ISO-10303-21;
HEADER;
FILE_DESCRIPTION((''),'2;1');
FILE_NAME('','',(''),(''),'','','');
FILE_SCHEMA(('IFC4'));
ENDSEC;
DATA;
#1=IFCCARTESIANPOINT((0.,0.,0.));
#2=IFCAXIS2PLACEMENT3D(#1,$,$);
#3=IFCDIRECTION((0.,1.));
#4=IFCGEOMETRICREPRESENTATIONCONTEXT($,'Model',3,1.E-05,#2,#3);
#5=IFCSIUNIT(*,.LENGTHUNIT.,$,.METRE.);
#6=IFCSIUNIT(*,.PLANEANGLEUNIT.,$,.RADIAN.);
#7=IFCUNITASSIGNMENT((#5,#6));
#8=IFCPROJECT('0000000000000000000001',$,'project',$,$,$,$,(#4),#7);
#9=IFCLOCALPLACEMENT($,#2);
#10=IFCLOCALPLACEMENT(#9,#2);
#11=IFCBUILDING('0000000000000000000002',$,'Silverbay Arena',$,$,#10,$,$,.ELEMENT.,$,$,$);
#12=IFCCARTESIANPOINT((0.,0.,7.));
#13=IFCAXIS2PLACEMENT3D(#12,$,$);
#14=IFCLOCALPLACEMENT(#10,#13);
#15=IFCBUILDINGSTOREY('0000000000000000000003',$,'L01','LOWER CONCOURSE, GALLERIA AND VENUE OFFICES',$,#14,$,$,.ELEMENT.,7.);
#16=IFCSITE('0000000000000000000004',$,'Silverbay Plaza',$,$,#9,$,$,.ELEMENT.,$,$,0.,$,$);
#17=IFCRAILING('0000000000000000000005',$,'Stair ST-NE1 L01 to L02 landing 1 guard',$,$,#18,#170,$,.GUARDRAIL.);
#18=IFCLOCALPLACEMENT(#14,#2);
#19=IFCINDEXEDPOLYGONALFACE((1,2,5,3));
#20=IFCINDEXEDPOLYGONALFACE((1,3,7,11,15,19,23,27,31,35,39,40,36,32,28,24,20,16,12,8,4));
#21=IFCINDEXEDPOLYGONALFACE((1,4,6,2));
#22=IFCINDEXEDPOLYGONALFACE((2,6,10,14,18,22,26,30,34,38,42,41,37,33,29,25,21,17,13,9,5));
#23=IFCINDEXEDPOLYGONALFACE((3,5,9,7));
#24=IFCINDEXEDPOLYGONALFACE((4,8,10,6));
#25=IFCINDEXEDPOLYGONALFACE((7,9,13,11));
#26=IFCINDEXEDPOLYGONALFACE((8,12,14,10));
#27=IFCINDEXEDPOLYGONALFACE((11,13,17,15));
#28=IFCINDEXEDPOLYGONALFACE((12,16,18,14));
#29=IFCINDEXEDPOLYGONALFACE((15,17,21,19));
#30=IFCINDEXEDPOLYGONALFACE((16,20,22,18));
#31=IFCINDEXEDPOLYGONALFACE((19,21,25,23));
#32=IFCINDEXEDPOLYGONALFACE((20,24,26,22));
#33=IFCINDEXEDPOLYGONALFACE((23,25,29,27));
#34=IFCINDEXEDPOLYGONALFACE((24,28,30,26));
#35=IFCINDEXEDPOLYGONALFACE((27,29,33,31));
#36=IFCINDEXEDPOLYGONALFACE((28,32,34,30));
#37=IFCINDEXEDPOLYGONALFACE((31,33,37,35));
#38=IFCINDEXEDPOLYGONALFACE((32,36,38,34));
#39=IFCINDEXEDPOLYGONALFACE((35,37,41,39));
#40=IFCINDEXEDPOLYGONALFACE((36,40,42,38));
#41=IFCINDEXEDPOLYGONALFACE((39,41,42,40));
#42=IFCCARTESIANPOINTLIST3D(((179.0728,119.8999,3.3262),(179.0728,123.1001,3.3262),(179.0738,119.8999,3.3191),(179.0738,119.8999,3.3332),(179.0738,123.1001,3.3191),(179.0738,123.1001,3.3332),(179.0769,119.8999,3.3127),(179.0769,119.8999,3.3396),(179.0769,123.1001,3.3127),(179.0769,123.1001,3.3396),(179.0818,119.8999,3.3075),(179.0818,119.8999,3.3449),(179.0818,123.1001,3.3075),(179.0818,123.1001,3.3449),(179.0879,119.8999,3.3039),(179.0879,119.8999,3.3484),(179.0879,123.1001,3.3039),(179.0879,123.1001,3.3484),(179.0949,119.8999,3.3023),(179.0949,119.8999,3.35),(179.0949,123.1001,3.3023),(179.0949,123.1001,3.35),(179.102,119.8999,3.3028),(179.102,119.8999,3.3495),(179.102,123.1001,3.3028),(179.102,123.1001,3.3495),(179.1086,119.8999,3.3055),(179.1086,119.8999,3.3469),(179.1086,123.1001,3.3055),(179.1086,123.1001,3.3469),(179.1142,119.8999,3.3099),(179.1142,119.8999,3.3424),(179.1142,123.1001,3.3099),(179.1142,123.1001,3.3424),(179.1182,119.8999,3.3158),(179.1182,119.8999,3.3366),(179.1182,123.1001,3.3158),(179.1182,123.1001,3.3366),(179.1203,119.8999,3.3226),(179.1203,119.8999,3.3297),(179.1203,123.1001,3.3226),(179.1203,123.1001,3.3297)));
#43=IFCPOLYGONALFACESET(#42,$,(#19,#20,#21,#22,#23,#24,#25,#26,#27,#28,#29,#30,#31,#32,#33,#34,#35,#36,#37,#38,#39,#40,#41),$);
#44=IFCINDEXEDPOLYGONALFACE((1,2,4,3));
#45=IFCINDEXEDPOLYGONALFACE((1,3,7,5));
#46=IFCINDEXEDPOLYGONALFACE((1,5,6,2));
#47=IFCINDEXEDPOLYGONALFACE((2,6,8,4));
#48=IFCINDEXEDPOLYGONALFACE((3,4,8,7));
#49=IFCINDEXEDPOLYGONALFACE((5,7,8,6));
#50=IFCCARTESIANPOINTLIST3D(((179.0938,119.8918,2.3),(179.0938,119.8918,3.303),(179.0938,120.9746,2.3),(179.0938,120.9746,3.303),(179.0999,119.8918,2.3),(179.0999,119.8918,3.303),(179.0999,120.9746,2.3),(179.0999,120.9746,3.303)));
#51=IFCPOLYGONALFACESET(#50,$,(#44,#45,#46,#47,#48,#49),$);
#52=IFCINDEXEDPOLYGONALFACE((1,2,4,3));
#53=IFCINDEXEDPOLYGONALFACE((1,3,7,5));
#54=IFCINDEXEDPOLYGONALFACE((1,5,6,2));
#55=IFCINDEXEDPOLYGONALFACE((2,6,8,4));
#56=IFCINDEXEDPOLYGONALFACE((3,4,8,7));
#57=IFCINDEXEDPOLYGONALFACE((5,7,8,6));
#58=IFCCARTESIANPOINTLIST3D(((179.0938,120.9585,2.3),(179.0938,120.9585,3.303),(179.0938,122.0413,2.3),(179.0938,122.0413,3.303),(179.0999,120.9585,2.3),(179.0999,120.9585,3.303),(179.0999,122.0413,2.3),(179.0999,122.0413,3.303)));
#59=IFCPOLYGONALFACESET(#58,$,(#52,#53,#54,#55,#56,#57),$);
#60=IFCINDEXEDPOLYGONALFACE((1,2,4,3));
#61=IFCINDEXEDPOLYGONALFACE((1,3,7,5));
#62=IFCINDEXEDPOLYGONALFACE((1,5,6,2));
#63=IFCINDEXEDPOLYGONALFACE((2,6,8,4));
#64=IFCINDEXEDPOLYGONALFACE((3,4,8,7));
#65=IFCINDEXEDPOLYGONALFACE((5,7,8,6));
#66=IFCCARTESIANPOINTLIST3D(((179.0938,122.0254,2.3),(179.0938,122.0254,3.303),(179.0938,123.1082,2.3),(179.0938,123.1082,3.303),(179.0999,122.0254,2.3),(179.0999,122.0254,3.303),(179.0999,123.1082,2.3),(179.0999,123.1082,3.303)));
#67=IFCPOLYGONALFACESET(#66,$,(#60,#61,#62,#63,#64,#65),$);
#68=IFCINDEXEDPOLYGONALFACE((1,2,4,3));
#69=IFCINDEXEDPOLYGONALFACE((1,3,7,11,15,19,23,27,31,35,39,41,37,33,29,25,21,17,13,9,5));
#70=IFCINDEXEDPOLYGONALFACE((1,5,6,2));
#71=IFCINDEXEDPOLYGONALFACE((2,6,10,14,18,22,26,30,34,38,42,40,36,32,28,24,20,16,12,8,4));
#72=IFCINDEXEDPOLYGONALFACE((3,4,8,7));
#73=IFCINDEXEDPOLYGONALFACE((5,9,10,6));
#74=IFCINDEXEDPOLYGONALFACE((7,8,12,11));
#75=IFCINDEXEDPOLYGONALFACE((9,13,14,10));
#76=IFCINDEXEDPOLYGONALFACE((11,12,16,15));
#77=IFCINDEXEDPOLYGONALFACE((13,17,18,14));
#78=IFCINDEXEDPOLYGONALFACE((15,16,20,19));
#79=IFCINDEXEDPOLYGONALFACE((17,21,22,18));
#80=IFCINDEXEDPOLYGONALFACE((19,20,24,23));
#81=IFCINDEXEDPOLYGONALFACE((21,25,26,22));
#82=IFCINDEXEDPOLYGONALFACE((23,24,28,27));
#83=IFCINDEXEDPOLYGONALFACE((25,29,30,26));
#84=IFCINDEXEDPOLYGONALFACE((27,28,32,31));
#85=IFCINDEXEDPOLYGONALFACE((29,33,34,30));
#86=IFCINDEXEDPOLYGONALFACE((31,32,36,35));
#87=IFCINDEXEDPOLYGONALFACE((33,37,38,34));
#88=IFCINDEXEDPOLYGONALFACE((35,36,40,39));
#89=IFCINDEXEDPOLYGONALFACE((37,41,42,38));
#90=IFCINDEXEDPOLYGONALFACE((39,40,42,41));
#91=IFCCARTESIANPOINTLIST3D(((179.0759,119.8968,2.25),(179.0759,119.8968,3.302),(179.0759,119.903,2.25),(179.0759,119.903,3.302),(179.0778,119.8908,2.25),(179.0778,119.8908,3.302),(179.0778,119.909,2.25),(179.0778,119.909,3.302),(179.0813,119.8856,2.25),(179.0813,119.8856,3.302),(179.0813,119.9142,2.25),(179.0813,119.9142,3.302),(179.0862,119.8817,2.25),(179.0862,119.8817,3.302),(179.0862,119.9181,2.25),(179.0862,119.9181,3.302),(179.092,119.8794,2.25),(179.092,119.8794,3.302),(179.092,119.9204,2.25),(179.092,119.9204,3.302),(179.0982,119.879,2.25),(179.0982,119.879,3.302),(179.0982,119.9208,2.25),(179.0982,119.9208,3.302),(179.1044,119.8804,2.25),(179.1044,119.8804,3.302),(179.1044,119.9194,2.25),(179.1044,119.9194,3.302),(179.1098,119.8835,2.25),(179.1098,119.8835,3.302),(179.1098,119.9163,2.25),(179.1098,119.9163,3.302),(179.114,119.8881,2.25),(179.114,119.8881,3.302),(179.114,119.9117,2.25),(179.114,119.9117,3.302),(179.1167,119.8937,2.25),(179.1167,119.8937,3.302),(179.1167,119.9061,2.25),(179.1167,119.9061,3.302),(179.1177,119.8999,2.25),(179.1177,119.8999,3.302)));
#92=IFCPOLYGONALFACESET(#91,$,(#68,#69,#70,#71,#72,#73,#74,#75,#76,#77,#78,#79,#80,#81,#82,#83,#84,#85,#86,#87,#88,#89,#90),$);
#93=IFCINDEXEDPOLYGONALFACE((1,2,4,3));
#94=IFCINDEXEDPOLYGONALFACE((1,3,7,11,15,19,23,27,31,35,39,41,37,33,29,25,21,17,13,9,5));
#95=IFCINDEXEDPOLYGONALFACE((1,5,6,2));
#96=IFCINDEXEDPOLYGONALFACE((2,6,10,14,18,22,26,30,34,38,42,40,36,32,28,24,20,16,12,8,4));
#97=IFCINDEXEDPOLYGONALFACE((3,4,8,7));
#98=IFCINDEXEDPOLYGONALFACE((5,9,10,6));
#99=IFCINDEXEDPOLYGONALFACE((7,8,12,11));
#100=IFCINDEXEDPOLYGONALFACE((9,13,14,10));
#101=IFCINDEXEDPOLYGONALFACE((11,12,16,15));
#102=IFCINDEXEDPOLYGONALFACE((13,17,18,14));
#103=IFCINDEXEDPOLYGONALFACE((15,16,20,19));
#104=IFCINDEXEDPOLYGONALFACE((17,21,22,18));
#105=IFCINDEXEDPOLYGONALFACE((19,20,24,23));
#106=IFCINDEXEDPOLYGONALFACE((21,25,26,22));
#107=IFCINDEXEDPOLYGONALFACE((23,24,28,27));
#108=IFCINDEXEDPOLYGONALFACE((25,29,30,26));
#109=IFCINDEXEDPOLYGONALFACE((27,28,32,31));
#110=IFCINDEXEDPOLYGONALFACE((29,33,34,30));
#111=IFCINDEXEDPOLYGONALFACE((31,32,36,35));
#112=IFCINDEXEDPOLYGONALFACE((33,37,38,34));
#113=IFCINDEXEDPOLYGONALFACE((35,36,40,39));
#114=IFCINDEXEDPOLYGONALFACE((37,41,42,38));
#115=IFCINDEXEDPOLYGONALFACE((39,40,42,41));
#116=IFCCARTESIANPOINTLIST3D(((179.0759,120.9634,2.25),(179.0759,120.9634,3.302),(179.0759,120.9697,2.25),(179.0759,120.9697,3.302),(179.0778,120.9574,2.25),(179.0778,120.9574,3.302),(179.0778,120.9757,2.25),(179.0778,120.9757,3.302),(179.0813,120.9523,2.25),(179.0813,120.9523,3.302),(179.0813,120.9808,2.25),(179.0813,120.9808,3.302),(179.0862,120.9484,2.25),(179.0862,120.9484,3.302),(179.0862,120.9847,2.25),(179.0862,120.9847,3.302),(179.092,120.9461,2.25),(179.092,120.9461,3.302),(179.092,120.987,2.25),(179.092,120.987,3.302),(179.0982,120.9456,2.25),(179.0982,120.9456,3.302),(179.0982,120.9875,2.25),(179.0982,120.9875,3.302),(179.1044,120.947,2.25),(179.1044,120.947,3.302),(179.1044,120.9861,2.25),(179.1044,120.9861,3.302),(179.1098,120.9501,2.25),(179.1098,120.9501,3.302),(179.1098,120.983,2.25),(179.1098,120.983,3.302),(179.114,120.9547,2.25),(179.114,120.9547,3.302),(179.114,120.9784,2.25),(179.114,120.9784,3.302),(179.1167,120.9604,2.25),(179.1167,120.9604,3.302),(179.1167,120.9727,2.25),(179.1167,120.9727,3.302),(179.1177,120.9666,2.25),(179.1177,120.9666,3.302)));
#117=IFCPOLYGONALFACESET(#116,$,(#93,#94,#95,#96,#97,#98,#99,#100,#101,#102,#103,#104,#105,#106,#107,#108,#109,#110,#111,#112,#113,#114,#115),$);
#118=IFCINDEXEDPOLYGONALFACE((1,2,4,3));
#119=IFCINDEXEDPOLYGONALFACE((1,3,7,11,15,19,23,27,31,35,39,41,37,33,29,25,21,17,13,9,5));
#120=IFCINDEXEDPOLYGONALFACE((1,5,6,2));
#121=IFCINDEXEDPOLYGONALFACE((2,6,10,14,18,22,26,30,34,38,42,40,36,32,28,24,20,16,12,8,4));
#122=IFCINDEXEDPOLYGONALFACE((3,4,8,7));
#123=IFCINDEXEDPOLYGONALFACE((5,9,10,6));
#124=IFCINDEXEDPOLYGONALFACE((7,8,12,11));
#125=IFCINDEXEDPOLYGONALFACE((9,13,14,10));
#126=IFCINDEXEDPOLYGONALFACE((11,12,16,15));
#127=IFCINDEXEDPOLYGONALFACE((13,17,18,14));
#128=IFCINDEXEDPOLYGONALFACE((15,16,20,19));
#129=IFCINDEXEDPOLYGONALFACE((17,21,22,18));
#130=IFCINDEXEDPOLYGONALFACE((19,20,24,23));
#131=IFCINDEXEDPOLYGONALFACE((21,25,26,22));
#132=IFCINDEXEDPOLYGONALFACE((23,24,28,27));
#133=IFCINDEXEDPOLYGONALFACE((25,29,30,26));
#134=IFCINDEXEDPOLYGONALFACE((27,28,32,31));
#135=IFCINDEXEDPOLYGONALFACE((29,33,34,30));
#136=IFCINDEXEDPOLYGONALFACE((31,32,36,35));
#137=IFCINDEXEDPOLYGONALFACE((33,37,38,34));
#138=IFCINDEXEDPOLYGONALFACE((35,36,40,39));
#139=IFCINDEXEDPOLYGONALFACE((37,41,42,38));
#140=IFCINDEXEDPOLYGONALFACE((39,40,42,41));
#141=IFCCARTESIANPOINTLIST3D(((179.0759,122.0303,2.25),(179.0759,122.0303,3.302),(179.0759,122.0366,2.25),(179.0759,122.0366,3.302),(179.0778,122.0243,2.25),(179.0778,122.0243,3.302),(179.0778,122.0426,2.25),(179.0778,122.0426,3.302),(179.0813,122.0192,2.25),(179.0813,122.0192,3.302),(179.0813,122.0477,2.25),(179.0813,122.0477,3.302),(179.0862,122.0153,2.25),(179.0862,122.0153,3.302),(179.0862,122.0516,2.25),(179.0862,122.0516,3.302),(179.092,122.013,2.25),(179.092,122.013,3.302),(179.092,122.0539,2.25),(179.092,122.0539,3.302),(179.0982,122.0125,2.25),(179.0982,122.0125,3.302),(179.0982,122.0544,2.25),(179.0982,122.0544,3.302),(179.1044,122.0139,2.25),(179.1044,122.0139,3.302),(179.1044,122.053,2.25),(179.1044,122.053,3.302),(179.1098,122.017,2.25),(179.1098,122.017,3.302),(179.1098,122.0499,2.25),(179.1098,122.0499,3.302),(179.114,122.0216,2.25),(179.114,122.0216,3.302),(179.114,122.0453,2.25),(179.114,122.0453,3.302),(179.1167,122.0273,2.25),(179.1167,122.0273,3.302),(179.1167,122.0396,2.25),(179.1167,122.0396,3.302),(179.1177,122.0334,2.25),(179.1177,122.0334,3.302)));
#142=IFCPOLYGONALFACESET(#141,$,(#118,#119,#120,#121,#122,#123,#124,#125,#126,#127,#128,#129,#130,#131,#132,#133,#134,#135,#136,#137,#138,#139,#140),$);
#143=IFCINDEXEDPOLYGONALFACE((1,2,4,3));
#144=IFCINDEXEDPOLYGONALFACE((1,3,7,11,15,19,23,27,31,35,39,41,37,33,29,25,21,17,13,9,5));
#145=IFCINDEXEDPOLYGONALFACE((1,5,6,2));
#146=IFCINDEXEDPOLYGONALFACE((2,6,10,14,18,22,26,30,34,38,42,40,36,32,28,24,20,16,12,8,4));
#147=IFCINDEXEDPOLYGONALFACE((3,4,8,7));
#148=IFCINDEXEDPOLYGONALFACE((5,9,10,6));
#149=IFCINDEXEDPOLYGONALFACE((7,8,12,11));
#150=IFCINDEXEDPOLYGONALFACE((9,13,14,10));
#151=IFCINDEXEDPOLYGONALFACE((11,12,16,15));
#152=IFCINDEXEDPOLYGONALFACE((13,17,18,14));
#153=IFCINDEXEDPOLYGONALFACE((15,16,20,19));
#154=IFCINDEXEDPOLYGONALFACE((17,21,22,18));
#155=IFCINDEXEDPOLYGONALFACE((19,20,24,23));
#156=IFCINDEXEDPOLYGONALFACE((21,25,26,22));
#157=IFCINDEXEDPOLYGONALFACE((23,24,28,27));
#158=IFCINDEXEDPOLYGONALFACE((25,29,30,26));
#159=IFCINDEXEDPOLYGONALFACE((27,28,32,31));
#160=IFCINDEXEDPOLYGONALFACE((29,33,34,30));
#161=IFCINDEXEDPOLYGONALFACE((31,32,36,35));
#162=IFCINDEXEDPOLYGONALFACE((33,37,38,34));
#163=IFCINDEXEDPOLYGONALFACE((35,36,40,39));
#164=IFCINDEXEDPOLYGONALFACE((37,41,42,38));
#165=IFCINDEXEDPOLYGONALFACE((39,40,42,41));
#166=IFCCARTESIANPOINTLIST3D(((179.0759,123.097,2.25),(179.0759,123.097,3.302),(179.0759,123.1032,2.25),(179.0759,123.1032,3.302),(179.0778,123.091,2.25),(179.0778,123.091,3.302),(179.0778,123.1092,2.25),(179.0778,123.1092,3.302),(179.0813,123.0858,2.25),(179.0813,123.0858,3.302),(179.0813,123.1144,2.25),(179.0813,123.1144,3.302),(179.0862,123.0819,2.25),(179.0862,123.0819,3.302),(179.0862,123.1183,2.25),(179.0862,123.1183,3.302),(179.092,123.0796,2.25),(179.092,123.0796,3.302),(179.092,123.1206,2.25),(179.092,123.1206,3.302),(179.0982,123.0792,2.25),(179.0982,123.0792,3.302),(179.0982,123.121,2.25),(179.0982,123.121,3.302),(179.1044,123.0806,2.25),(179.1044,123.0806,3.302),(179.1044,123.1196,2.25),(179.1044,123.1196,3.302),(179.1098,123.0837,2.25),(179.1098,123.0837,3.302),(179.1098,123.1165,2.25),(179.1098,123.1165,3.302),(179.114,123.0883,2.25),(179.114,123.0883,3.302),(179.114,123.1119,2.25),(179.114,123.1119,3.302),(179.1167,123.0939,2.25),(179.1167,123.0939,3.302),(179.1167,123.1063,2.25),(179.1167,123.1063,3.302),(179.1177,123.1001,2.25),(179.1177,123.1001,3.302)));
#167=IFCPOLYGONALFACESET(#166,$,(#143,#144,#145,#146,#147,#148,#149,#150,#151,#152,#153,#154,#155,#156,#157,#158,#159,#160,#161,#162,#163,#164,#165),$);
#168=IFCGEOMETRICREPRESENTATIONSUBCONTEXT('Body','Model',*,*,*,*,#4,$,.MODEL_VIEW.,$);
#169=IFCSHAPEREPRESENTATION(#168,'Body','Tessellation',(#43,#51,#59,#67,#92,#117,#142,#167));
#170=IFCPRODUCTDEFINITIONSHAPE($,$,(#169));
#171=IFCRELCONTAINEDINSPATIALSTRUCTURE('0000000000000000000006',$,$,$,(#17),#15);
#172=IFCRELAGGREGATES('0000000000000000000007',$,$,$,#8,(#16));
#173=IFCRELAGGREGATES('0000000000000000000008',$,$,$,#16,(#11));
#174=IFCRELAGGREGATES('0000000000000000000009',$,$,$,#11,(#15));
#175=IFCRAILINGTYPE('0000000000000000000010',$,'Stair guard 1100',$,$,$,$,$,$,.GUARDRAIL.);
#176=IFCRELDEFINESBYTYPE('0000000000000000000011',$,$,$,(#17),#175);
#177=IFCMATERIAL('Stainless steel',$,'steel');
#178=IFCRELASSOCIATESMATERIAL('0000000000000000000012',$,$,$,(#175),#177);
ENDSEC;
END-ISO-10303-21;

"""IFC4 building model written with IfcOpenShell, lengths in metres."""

from ifc_helpers import new_model, si_unit, direction, frame, origin, origin_2d, place, context, subcontext, project, spatial, polyline, circle, outline, extrude, material, type_object, element, save


model = new_model("IFC4")

# Units and contexts
model_context = context("Model", 3, precision=1e-05, world=origin(), true_north=direction((0.0, 1.0)))
body_context = subcontext(model_context, "Body", "Model", "MODEL_VIEW")
ifc_project = project(units=[si_unit("LENGTHUNIT", "METRE"), si_unit("PLANEANGLEUNIT", "RADIAN")], contexts=[model_context])

# Site, building, storey
site_placement = place(None, origin())
site = spatial("IfcSite", under=ifc_project, at=site_placement, Name="Silverbay Plaza", CompositionType="ELEMENT", RefElevation=0.0)
building_placement = place(site_placement, origin())
building = spatial("IfcBuilding", under=site, at=building_placement, Name="Silverbay Arena", CompositionType="ELEMENT")
storey_placement = place(building_placement, frame((0.0, 0.0, 7.0)))
storey = spatial("IfcBuildingStorey", under=building, at=storey_placement, Name="L01", Description="LOWER CONCOURSE, GALLERIA AND VENUE OFFICES", CompositionType="ELEMENT", Elevation=7.0)

# Railing
ifc_material_1 = material(Name="Stainless steel", Category="steel")
railing_type_1 = type_object("IfcRailingType", Name="Stair guard 1100", PredefinedType="GUARDRAIL", material=ifc_material_1)
railing_1_placement = place(storey_placement, frame((179.0967, 119.8999, 2.25)))
element("IfcRailing", 1, at=railing_1_placement, inside=storey, type_object=railing_type_1, Name="Stair ST-NE1 L01 to L02 landing 1 guard", PredefinedType="GUARDRAIL", context=body_context, shape_type="SweptSolid", body=[
    extrude(circle(Radius=0.0239, at=origin_2d()), frame((0.0, 0.0, 1.0762), z_axis=(0.0, 1.0, 0.0), x_axis=(-1.0, 0.0, 0.0)), (0.0, 0.0, 1.0), 3.2002),
    extrude(outline(polyline([(-0.0081, 0.05), (1.0747, 0.05), (1.0747, 1.053), (-0.0081, 1.053), (-0.0081, 0.05)])), frame((-0.0029, 0.0, 0.0), z_axis=(1.0, 0.0, 0.0), x_axis=(0.0, 1.0, 0.0)), (0.0, 0.0, 1.0), 0.0061),
    extrude(outline(polyline([(-0.0081, 0.05), (1.0747, 0.05), (1.0747, 1.053), (-0.0081, 1.053), (-0.0081, 0.05)])), frame((-0.0029, 1.0667, 0.0), z_axis=(1.0, 0.0, 0.0), x_axis=(0.0, 1.0, 0.0)), (0.0, 0.0, 1.0), 0.0061),
    extrude(outline(polyline([(-0.0081, 0.05), (1.0747, 0.05), (1.0747, 1.053), (-0.0081, 1.053), (-0.0081, 0.05)])), frame((-0.0029, 2.1335, 0.0), z_axis=(1.0, 0.0, 0.0), x_axis=(0.0, 1.0, 0.0)), (0.0, 0.0, 1.0), 0.0061),
    extrude(circle(Radius=0.021, at=origin_2d()), origin(), (0.0, 0.0, 1.0), 1.052),
    extrude(circle(Radius=0.021, at=origin_2d()), frame((0.0, 1.0667, 0.0)), (0.0, 0.0, 1.0), 1.052),
    extrude(circle(Radius=0.021, at=origin_2d()), frame((0.0, 2.1335, 0.0)), (0.0, 0.0, 1.0), 1.052),
    extrude(circle(Radius=0.021, at=origin_2d()), frame((0.0, 3.2002, 0.0)), (0.0, 0.0, 1.0), 1.052),
])

save(model, "model.ifc")
